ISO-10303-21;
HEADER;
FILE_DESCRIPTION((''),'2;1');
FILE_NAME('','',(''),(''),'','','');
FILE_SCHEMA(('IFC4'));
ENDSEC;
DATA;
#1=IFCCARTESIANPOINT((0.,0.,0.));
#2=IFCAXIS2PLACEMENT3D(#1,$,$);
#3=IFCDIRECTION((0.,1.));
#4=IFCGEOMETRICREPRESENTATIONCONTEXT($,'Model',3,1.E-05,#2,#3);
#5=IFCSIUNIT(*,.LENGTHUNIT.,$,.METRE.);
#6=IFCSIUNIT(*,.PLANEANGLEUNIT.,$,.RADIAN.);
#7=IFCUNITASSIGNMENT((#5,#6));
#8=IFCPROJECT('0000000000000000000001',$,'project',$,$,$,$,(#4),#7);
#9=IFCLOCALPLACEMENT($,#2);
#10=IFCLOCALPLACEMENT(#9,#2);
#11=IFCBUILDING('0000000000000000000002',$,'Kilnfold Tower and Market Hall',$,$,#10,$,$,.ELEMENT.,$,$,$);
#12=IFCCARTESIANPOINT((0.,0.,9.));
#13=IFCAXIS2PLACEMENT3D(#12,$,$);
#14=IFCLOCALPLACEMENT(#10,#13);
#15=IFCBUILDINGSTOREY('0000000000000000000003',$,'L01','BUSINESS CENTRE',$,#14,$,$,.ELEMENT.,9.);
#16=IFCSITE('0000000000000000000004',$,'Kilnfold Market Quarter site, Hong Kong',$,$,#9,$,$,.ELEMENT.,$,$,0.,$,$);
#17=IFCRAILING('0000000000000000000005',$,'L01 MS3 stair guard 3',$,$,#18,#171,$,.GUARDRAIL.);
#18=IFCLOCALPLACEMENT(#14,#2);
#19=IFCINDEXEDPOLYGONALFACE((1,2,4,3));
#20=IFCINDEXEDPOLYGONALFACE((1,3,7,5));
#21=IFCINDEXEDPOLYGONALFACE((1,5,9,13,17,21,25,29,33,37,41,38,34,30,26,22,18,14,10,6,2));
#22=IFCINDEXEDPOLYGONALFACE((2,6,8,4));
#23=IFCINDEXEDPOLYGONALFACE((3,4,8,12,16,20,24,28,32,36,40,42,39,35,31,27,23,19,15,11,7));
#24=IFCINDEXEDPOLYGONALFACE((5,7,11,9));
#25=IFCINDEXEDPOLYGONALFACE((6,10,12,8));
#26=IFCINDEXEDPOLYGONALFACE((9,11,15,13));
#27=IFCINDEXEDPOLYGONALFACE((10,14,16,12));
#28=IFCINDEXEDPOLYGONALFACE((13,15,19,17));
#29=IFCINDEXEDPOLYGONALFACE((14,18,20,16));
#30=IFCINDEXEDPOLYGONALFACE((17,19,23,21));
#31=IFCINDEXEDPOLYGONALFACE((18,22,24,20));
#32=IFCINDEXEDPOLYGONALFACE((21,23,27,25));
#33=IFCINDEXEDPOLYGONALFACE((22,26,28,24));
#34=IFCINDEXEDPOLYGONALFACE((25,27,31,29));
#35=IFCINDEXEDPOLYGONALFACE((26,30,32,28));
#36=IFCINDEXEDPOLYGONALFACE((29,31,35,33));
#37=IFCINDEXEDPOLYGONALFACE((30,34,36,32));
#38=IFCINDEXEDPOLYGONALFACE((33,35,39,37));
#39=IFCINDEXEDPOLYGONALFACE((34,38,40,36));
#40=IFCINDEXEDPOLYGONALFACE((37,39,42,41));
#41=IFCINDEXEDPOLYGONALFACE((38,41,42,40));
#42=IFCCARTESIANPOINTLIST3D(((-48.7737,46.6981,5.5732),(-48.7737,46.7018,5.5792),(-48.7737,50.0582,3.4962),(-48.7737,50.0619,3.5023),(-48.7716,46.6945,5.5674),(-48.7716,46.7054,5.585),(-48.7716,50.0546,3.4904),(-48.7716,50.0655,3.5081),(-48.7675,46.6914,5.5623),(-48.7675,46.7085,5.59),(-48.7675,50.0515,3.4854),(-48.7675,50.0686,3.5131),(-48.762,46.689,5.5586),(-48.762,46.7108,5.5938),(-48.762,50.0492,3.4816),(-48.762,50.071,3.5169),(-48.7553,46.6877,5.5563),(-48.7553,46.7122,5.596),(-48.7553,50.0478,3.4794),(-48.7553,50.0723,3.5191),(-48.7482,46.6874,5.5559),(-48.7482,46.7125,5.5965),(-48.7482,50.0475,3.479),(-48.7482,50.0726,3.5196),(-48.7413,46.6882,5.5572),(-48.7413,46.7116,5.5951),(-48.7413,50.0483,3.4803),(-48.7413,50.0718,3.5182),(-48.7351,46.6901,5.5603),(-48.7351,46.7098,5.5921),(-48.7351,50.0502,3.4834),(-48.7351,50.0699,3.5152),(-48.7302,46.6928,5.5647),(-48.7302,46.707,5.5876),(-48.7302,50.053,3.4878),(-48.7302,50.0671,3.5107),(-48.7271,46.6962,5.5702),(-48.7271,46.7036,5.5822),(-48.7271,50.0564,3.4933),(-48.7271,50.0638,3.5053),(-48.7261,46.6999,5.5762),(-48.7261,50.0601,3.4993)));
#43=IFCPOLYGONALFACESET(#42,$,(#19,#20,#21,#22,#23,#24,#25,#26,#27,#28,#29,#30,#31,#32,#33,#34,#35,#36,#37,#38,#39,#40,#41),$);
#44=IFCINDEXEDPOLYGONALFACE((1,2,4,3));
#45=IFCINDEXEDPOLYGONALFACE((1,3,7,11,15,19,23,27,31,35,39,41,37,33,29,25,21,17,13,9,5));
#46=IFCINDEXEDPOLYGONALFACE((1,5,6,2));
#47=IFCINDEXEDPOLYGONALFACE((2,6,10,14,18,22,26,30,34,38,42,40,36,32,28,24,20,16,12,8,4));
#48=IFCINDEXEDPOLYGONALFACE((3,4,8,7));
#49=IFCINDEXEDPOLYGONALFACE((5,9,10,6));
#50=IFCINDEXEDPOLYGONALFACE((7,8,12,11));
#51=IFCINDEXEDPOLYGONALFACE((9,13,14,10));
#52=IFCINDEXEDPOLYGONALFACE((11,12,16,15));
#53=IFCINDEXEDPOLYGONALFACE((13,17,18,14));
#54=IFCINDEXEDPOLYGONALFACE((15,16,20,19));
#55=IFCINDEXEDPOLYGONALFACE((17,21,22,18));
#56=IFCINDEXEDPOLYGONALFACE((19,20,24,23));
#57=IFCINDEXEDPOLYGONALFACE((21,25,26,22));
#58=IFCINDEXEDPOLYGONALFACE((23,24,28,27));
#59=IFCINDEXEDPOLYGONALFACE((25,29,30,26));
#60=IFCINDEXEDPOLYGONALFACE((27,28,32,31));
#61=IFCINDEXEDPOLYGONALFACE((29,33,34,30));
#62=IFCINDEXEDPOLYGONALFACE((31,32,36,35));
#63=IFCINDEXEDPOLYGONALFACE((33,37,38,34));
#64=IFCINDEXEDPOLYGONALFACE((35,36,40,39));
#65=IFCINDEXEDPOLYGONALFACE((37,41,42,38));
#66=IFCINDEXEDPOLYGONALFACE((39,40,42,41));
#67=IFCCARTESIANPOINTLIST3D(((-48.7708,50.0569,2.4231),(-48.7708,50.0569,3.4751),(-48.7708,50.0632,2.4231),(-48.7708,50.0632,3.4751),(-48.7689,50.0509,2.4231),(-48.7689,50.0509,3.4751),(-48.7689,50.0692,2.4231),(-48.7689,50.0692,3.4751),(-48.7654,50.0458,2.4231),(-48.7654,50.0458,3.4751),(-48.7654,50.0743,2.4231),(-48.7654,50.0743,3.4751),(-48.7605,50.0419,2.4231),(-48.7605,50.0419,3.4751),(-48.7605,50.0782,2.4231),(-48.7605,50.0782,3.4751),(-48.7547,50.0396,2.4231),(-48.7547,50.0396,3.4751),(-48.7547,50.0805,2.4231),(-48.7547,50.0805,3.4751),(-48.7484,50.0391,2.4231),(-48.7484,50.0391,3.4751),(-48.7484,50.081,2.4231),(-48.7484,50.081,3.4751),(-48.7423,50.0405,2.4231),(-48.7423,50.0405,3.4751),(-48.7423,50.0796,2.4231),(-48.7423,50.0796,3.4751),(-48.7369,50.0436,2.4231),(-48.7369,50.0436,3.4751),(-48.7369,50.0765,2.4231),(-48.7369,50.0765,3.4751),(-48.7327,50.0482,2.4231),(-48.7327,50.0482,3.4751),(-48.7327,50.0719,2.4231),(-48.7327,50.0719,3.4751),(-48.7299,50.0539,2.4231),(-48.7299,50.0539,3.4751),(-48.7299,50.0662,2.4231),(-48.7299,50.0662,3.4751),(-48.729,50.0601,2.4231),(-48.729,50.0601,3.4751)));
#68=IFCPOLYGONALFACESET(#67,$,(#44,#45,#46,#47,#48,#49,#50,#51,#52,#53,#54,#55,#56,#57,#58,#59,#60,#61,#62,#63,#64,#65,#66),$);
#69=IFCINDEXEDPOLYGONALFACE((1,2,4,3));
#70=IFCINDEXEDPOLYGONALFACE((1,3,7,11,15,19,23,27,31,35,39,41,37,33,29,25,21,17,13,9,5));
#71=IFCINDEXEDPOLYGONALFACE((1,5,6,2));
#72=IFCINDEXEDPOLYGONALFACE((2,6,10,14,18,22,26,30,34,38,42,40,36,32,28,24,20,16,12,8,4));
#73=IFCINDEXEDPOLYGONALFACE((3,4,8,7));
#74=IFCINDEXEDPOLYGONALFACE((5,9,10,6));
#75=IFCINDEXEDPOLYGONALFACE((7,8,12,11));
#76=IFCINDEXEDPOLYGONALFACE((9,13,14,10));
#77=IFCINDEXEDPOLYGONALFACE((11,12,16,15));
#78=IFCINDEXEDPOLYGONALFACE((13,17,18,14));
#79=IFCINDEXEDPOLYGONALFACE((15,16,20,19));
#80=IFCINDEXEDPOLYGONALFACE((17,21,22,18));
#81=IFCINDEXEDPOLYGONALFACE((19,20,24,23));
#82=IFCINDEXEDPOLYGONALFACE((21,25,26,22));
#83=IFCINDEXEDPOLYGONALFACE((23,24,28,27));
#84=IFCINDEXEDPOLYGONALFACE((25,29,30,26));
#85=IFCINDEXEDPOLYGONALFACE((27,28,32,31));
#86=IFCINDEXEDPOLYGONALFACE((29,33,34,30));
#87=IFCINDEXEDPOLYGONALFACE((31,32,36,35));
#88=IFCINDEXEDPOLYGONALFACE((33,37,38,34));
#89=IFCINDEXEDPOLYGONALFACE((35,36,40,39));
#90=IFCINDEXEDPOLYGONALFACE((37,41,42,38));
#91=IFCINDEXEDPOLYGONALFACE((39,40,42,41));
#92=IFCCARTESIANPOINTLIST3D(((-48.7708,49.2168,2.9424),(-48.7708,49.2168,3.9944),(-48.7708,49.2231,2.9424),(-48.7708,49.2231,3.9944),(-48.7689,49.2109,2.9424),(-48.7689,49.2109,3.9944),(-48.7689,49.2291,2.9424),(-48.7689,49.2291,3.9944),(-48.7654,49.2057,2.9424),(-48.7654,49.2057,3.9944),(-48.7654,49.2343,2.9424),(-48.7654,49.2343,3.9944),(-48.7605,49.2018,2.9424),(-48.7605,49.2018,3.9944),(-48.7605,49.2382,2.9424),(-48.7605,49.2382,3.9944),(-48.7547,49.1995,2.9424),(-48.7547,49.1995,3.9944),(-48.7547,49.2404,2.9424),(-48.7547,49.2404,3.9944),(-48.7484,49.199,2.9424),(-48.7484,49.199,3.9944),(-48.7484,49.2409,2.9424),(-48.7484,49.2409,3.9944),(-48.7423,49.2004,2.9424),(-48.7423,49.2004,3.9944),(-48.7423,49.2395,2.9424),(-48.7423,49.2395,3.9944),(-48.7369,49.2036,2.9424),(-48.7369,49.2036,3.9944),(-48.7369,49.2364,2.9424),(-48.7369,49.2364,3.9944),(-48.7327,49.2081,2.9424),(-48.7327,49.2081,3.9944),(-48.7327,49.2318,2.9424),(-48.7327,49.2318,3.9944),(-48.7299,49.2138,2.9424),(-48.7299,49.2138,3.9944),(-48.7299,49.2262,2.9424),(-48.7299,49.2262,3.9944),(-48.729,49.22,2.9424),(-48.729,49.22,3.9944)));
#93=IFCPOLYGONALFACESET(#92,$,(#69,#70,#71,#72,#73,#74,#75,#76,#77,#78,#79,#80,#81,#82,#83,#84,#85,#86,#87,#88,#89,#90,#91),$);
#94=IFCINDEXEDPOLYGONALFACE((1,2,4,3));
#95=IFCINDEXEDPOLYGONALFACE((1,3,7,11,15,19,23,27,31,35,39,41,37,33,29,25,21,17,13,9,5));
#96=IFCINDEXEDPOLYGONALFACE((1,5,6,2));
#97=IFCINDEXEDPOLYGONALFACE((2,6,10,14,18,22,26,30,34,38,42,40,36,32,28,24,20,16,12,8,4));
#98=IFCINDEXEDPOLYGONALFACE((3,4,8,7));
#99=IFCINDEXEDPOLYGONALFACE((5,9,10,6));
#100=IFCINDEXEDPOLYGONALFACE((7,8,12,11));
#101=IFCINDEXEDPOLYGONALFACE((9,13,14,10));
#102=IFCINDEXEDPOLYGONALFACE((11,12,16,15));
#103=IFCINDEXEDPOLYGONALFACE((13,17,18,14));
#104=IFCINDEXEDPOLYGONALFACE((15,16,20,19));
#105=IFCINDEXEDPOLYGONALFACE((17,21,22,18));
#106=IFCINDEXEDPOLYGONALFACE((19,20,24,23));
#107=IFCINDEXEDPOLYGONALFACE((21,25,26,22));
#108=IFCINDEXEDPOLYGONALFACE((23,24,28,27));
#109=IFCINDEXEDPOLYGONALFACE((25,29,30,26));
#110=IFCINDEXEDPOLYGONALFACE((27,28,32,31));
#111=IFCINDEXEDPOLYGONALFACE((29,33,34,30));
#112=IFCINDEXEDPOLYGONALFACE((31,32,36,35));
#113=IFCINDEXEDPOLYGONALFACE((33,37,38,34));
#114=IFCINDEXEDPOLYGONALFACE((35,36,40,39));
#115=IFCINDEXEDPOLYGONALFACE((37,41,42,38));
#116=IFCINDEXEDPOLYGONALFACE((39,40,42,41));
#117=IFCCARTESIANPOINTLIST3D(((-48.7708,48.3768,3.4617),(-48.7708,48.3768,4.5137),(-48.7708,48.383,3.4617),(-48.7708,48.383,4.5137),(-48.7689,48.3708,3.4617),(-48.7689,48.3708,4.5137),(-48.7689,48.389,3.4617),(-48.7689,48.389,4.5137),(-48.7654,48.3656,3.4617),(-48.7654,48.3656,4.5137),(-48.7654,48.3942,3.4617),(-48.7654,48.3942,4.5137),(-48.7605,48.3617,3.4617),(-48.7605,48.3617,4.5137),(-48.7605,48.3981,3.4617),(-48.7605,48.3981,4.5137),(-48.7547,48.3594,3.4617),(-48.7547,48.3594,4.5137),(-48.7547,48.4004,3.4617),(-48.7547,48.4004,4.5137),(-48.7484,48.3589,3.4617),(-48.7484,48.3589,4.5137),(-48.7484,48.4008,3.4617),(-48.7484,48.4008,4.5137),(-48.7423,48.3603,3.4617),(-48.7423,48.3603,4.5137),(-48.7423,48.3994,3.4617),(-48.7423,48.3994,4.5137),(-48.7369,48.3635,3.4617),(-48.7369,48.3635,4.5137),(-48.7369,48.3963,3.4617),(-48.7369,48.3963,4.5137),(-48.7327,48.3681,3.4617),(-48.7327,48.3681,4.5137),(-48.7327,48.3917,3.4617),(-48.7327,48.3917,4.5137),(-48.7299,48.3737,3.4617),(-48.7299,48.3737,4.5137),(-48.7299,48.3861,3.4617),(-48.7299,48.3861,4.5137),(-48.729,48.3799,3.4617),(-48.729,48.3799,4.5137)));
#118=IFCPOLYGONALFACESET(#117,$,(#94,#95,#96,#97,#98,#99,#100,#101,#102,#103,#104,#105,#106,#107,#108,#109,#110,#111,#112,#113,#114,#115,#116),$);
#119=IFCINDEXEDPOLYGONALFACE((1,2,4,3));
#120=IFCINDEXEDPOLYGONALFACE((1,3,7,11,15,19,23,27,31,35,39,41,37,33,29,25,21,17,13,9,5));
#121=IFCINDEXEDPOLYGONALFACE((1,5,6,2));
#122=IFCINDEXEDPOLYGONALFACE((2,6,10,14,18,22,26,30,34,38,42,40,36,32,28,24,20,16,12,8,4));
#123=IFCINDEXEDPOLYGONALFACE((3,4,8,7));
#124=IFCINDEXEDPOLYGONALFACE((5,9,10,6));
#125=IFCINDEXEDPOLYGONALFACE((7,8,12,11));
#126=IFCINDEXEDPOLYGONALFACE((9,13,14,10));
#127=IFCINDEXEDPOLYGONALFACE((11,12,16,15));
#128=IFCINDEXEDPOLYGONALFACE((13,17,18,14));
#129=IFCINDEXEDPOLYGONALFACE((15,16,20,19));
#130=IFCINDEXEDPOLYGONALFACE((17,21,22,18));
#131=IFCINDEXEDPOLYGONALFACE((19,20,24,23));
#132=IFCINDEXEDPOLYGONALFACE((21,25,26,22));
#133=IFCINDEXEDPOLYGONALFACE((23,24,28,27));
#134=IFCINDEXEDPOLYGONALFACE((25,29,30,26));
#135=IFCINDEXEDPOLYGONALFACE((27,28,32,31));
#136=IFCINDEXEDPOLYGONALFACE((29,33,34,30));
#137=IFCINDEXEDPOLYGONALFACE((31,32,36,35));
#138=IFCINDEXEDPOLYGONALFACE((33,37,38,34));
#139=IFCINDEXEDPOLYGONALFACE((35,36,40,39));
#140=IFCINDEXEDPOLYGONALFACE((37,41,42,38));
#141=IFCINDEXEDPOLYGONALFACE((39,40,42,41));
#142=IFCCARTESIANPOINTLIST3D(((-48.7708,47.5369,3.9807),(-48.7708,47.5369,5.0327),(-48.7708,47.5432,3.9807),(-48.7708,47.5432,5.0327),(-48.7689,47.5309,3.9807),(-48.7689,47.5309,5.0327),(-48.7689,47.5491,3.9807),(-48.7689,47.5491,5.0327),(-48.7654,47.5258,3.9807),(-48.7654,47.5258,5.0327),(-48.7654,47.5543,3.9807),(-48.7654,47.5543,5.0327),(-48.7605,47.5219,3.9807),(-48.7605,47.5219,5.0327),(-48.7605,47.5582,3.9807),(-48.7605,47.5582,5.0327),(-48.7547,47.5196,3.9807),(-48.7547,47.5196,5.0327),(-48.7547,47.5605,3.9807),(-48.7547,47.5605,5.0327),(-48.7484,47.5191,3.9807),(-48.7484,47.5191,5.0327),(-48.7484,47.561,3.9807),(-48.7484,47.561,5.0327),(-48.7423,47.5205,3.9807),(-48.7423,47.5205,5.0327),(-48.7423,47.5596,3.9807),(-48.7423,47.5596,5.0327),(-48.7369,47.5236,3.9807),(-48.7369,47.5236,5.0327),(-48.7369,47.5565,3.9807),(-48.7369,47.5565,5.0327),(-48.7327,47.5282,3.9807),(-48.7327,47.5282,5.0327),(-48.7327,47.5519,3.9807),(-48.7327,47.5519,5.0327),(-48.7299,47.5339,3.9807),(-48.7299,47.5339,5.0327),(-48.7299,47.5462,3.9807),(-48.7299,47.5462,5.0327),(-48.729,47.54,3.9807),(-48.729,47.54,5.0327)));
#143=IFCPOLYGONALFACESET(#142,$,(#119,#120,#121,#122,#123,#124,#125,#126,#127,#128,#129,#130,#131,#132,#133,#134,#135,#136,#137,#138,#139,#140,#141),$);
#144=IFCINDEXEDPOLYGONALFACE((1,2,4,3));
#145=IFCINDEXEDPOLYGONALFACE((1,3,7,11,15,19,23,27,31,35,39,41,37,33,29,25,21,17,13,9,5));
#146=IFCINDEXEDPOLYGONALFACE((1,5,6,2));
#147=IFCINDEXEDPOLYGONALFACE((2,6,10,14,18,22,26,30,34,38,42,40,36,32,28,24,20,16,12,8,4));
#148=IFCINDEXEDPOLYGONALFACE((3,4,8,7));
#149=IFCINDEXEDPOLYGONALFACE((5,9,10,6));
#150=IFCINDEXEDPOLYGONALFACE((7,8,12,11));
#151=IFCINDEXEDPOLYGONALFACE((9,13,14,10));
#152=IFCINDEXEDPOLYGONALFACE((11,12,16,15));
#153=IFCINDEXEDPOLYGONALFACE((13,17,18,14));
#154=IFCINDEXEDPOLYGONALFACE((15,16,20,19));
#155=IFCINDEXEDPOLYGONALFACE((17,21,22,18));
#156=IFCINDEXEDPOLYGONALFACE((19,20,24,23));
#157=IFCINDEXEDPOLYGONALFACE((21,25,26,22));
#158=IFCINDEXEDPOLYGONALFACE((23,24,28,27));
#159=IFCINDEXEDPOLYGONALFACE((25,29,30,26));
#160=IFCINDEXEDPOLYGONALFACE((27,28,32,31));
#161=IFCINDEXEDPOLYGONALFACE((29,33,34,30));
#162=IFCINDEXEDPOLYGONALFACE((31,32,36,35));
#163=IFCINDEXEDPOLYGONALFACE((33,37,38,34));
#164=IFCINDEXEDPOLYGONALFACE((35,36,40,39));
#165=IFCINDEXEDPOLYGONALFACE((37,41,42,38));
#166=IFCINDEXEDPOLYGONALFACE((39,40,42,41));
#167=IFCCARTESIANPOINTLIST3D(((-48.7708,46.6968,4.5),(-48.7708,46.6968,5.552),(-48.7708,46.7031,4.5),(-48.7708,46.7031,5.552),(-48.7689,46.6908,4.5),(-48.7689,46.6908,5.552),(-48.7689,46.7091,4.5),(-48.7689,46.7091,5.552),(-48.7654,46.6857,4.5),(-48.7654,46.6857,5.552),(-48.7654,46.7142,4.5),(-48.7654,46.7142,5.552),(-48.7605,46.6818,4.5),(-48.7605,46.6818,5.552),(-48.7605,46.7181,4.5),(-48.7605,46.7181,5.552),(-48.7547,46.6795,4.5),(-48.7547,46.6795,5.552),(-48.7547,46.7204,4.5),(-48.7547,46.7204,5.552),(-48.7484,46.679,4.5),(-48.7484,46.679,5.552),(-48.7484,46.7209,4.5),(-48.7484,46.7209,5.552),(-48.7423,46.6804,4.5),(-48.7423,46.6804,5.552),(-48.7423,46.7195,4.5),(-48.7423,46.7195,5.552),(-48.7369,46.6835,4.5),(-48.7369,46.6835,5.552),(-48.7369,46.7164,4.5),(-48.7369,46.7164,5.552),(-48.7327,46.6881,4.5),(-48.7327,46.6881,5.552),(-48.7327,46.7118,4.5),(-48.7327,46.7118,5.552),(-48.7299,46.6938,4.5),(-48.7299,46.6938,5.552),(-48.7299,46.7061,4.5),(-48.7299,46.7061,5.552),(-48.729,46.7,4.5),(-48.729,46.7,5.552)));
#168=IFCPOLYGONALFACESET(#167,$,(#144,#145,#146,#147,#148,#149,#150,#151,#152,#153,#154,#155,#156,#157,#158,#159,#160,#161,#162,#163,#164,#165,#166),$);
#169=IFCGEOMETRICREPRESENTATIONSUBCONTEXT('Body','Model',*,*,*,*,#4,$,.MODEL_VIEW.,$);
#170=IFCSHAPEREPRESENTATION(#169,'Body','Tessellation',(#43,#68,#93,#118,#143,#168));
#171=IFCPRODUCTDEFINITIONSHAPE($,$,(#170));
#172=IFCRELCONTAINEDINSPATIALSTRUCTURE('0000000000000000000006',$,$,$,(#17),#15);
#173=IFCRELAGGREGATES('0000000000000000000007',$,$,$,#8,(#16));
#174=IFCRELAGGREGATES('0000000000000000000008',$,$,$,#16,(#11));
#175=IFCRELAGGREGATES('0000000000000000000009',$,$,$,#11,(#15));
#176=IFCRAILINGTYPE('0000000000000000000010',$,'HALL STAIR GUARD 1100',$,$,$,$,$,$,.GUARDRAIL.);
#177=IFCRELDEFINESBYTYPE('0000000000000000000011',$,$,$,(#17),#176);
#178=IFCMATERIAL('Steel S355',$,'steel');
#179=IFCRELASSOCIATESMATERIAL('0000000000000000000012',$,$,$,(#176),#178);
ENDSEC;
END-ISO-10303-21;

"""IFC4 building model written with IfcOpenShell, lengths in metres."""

from ifc_helpers import new_model, si_unit, direction, frame, origin, origin_2d, place, context, subcontext, project, spatial, circle, extrude, material, type_object, element, save


model = new_model("IFC4")

# Units and contexts
model_context = context("Model", 3, precision=1e-05, world=origin(), true_north=direction((0.0, 1.0)))
body_context = subcontext(model_context, "Body", "Model", "MODEL_VIEW")
ifc_project = project(units=[si_unit("LENGTHUNIT", "METRE"), si_unit("PLANEANGLEUNIT", "RADIAN")], contexts=[model_context])

# Site, building, storey
site_placement = place(None, origin())
site = spatial("IfcSite", under=ifc_project, at=site_placement, Name="Kilnfold Market Quarter site, Hong Kong", CompositionType="ELEMENT", RefElevation=0.0)
building_placement = place(site_placement, origin())
building = spatial("IfcBuilding", under=site, at=building_placement, Name="Kilnfold Tower and Market Hall", CompositionType="ELEMENT")
storey_placement = place(building_placement, frame((0.0, 0.0, 9.0)))
storey = spatial("IfcBuildingStorey", under=building, at=storey_placement, Name="L01", Description="BUSINESS CENTRE", CompositionType="ELEMENT", Elevation=9.0)

# Railing
ifc_material_1 = material(Name="Steel S355", Category="steel")
railing_type_1 = type_object("IfcRailingType", Name="HALL STAIR GUARD 1100", PredefinedType="GUARDRAIL", material=ifc_material_1)
railing_1_placement = place(storey_placement, frame((-48.75, 50.0601, 2.4231)))
element("IfcRailing", 1, at=railing_1_placement, inside=storey, type_object=railing_type_1, Name="L01 MS3 stair guard 3", PredefinedType="GUARDRAIL", context=body_context, shape_type="SweptSolid", body=[
    extrude(circle(Radius=0.0239, at=origin_2d()), frame((0.0, 0.0, 1.0762), z_axis=(0.0, -0.850623, 0.525776), x_axis=(1.0, 0.0, 0.0)), (0.0, 0.0, 1.0), 3.9502),
    extrude(circle(Radius=0.021, at=origin_2d()), origin(), (0.0, 0.0, 1.0), 1.052),
    extrude(circle(Radius=0.021, at=origin_2d()), frame((0.0, -0.8401, 0.5193)), (0.0, 0.0, 1.0), 1.052),
    extrude(circle(Radius=0.021, at=origin_2d()), frame((0.0, -1.6802, 1.0386)), (0.0, 0.0, 1.0), 1.052),
    extrude(circle(Radius=0.021, at=origin_2d()), frame((0.0, -2.52, 1.5576)), (0.0, 0.0, 1.0), 1.052),
    extrude(circle(Radius=0.021, at=origin_2d()), frame((0.0, -3.3601, 2.0769)), (0.0, 0.0, 1.0), 1.052),
])

save(model, "model.ifc")
